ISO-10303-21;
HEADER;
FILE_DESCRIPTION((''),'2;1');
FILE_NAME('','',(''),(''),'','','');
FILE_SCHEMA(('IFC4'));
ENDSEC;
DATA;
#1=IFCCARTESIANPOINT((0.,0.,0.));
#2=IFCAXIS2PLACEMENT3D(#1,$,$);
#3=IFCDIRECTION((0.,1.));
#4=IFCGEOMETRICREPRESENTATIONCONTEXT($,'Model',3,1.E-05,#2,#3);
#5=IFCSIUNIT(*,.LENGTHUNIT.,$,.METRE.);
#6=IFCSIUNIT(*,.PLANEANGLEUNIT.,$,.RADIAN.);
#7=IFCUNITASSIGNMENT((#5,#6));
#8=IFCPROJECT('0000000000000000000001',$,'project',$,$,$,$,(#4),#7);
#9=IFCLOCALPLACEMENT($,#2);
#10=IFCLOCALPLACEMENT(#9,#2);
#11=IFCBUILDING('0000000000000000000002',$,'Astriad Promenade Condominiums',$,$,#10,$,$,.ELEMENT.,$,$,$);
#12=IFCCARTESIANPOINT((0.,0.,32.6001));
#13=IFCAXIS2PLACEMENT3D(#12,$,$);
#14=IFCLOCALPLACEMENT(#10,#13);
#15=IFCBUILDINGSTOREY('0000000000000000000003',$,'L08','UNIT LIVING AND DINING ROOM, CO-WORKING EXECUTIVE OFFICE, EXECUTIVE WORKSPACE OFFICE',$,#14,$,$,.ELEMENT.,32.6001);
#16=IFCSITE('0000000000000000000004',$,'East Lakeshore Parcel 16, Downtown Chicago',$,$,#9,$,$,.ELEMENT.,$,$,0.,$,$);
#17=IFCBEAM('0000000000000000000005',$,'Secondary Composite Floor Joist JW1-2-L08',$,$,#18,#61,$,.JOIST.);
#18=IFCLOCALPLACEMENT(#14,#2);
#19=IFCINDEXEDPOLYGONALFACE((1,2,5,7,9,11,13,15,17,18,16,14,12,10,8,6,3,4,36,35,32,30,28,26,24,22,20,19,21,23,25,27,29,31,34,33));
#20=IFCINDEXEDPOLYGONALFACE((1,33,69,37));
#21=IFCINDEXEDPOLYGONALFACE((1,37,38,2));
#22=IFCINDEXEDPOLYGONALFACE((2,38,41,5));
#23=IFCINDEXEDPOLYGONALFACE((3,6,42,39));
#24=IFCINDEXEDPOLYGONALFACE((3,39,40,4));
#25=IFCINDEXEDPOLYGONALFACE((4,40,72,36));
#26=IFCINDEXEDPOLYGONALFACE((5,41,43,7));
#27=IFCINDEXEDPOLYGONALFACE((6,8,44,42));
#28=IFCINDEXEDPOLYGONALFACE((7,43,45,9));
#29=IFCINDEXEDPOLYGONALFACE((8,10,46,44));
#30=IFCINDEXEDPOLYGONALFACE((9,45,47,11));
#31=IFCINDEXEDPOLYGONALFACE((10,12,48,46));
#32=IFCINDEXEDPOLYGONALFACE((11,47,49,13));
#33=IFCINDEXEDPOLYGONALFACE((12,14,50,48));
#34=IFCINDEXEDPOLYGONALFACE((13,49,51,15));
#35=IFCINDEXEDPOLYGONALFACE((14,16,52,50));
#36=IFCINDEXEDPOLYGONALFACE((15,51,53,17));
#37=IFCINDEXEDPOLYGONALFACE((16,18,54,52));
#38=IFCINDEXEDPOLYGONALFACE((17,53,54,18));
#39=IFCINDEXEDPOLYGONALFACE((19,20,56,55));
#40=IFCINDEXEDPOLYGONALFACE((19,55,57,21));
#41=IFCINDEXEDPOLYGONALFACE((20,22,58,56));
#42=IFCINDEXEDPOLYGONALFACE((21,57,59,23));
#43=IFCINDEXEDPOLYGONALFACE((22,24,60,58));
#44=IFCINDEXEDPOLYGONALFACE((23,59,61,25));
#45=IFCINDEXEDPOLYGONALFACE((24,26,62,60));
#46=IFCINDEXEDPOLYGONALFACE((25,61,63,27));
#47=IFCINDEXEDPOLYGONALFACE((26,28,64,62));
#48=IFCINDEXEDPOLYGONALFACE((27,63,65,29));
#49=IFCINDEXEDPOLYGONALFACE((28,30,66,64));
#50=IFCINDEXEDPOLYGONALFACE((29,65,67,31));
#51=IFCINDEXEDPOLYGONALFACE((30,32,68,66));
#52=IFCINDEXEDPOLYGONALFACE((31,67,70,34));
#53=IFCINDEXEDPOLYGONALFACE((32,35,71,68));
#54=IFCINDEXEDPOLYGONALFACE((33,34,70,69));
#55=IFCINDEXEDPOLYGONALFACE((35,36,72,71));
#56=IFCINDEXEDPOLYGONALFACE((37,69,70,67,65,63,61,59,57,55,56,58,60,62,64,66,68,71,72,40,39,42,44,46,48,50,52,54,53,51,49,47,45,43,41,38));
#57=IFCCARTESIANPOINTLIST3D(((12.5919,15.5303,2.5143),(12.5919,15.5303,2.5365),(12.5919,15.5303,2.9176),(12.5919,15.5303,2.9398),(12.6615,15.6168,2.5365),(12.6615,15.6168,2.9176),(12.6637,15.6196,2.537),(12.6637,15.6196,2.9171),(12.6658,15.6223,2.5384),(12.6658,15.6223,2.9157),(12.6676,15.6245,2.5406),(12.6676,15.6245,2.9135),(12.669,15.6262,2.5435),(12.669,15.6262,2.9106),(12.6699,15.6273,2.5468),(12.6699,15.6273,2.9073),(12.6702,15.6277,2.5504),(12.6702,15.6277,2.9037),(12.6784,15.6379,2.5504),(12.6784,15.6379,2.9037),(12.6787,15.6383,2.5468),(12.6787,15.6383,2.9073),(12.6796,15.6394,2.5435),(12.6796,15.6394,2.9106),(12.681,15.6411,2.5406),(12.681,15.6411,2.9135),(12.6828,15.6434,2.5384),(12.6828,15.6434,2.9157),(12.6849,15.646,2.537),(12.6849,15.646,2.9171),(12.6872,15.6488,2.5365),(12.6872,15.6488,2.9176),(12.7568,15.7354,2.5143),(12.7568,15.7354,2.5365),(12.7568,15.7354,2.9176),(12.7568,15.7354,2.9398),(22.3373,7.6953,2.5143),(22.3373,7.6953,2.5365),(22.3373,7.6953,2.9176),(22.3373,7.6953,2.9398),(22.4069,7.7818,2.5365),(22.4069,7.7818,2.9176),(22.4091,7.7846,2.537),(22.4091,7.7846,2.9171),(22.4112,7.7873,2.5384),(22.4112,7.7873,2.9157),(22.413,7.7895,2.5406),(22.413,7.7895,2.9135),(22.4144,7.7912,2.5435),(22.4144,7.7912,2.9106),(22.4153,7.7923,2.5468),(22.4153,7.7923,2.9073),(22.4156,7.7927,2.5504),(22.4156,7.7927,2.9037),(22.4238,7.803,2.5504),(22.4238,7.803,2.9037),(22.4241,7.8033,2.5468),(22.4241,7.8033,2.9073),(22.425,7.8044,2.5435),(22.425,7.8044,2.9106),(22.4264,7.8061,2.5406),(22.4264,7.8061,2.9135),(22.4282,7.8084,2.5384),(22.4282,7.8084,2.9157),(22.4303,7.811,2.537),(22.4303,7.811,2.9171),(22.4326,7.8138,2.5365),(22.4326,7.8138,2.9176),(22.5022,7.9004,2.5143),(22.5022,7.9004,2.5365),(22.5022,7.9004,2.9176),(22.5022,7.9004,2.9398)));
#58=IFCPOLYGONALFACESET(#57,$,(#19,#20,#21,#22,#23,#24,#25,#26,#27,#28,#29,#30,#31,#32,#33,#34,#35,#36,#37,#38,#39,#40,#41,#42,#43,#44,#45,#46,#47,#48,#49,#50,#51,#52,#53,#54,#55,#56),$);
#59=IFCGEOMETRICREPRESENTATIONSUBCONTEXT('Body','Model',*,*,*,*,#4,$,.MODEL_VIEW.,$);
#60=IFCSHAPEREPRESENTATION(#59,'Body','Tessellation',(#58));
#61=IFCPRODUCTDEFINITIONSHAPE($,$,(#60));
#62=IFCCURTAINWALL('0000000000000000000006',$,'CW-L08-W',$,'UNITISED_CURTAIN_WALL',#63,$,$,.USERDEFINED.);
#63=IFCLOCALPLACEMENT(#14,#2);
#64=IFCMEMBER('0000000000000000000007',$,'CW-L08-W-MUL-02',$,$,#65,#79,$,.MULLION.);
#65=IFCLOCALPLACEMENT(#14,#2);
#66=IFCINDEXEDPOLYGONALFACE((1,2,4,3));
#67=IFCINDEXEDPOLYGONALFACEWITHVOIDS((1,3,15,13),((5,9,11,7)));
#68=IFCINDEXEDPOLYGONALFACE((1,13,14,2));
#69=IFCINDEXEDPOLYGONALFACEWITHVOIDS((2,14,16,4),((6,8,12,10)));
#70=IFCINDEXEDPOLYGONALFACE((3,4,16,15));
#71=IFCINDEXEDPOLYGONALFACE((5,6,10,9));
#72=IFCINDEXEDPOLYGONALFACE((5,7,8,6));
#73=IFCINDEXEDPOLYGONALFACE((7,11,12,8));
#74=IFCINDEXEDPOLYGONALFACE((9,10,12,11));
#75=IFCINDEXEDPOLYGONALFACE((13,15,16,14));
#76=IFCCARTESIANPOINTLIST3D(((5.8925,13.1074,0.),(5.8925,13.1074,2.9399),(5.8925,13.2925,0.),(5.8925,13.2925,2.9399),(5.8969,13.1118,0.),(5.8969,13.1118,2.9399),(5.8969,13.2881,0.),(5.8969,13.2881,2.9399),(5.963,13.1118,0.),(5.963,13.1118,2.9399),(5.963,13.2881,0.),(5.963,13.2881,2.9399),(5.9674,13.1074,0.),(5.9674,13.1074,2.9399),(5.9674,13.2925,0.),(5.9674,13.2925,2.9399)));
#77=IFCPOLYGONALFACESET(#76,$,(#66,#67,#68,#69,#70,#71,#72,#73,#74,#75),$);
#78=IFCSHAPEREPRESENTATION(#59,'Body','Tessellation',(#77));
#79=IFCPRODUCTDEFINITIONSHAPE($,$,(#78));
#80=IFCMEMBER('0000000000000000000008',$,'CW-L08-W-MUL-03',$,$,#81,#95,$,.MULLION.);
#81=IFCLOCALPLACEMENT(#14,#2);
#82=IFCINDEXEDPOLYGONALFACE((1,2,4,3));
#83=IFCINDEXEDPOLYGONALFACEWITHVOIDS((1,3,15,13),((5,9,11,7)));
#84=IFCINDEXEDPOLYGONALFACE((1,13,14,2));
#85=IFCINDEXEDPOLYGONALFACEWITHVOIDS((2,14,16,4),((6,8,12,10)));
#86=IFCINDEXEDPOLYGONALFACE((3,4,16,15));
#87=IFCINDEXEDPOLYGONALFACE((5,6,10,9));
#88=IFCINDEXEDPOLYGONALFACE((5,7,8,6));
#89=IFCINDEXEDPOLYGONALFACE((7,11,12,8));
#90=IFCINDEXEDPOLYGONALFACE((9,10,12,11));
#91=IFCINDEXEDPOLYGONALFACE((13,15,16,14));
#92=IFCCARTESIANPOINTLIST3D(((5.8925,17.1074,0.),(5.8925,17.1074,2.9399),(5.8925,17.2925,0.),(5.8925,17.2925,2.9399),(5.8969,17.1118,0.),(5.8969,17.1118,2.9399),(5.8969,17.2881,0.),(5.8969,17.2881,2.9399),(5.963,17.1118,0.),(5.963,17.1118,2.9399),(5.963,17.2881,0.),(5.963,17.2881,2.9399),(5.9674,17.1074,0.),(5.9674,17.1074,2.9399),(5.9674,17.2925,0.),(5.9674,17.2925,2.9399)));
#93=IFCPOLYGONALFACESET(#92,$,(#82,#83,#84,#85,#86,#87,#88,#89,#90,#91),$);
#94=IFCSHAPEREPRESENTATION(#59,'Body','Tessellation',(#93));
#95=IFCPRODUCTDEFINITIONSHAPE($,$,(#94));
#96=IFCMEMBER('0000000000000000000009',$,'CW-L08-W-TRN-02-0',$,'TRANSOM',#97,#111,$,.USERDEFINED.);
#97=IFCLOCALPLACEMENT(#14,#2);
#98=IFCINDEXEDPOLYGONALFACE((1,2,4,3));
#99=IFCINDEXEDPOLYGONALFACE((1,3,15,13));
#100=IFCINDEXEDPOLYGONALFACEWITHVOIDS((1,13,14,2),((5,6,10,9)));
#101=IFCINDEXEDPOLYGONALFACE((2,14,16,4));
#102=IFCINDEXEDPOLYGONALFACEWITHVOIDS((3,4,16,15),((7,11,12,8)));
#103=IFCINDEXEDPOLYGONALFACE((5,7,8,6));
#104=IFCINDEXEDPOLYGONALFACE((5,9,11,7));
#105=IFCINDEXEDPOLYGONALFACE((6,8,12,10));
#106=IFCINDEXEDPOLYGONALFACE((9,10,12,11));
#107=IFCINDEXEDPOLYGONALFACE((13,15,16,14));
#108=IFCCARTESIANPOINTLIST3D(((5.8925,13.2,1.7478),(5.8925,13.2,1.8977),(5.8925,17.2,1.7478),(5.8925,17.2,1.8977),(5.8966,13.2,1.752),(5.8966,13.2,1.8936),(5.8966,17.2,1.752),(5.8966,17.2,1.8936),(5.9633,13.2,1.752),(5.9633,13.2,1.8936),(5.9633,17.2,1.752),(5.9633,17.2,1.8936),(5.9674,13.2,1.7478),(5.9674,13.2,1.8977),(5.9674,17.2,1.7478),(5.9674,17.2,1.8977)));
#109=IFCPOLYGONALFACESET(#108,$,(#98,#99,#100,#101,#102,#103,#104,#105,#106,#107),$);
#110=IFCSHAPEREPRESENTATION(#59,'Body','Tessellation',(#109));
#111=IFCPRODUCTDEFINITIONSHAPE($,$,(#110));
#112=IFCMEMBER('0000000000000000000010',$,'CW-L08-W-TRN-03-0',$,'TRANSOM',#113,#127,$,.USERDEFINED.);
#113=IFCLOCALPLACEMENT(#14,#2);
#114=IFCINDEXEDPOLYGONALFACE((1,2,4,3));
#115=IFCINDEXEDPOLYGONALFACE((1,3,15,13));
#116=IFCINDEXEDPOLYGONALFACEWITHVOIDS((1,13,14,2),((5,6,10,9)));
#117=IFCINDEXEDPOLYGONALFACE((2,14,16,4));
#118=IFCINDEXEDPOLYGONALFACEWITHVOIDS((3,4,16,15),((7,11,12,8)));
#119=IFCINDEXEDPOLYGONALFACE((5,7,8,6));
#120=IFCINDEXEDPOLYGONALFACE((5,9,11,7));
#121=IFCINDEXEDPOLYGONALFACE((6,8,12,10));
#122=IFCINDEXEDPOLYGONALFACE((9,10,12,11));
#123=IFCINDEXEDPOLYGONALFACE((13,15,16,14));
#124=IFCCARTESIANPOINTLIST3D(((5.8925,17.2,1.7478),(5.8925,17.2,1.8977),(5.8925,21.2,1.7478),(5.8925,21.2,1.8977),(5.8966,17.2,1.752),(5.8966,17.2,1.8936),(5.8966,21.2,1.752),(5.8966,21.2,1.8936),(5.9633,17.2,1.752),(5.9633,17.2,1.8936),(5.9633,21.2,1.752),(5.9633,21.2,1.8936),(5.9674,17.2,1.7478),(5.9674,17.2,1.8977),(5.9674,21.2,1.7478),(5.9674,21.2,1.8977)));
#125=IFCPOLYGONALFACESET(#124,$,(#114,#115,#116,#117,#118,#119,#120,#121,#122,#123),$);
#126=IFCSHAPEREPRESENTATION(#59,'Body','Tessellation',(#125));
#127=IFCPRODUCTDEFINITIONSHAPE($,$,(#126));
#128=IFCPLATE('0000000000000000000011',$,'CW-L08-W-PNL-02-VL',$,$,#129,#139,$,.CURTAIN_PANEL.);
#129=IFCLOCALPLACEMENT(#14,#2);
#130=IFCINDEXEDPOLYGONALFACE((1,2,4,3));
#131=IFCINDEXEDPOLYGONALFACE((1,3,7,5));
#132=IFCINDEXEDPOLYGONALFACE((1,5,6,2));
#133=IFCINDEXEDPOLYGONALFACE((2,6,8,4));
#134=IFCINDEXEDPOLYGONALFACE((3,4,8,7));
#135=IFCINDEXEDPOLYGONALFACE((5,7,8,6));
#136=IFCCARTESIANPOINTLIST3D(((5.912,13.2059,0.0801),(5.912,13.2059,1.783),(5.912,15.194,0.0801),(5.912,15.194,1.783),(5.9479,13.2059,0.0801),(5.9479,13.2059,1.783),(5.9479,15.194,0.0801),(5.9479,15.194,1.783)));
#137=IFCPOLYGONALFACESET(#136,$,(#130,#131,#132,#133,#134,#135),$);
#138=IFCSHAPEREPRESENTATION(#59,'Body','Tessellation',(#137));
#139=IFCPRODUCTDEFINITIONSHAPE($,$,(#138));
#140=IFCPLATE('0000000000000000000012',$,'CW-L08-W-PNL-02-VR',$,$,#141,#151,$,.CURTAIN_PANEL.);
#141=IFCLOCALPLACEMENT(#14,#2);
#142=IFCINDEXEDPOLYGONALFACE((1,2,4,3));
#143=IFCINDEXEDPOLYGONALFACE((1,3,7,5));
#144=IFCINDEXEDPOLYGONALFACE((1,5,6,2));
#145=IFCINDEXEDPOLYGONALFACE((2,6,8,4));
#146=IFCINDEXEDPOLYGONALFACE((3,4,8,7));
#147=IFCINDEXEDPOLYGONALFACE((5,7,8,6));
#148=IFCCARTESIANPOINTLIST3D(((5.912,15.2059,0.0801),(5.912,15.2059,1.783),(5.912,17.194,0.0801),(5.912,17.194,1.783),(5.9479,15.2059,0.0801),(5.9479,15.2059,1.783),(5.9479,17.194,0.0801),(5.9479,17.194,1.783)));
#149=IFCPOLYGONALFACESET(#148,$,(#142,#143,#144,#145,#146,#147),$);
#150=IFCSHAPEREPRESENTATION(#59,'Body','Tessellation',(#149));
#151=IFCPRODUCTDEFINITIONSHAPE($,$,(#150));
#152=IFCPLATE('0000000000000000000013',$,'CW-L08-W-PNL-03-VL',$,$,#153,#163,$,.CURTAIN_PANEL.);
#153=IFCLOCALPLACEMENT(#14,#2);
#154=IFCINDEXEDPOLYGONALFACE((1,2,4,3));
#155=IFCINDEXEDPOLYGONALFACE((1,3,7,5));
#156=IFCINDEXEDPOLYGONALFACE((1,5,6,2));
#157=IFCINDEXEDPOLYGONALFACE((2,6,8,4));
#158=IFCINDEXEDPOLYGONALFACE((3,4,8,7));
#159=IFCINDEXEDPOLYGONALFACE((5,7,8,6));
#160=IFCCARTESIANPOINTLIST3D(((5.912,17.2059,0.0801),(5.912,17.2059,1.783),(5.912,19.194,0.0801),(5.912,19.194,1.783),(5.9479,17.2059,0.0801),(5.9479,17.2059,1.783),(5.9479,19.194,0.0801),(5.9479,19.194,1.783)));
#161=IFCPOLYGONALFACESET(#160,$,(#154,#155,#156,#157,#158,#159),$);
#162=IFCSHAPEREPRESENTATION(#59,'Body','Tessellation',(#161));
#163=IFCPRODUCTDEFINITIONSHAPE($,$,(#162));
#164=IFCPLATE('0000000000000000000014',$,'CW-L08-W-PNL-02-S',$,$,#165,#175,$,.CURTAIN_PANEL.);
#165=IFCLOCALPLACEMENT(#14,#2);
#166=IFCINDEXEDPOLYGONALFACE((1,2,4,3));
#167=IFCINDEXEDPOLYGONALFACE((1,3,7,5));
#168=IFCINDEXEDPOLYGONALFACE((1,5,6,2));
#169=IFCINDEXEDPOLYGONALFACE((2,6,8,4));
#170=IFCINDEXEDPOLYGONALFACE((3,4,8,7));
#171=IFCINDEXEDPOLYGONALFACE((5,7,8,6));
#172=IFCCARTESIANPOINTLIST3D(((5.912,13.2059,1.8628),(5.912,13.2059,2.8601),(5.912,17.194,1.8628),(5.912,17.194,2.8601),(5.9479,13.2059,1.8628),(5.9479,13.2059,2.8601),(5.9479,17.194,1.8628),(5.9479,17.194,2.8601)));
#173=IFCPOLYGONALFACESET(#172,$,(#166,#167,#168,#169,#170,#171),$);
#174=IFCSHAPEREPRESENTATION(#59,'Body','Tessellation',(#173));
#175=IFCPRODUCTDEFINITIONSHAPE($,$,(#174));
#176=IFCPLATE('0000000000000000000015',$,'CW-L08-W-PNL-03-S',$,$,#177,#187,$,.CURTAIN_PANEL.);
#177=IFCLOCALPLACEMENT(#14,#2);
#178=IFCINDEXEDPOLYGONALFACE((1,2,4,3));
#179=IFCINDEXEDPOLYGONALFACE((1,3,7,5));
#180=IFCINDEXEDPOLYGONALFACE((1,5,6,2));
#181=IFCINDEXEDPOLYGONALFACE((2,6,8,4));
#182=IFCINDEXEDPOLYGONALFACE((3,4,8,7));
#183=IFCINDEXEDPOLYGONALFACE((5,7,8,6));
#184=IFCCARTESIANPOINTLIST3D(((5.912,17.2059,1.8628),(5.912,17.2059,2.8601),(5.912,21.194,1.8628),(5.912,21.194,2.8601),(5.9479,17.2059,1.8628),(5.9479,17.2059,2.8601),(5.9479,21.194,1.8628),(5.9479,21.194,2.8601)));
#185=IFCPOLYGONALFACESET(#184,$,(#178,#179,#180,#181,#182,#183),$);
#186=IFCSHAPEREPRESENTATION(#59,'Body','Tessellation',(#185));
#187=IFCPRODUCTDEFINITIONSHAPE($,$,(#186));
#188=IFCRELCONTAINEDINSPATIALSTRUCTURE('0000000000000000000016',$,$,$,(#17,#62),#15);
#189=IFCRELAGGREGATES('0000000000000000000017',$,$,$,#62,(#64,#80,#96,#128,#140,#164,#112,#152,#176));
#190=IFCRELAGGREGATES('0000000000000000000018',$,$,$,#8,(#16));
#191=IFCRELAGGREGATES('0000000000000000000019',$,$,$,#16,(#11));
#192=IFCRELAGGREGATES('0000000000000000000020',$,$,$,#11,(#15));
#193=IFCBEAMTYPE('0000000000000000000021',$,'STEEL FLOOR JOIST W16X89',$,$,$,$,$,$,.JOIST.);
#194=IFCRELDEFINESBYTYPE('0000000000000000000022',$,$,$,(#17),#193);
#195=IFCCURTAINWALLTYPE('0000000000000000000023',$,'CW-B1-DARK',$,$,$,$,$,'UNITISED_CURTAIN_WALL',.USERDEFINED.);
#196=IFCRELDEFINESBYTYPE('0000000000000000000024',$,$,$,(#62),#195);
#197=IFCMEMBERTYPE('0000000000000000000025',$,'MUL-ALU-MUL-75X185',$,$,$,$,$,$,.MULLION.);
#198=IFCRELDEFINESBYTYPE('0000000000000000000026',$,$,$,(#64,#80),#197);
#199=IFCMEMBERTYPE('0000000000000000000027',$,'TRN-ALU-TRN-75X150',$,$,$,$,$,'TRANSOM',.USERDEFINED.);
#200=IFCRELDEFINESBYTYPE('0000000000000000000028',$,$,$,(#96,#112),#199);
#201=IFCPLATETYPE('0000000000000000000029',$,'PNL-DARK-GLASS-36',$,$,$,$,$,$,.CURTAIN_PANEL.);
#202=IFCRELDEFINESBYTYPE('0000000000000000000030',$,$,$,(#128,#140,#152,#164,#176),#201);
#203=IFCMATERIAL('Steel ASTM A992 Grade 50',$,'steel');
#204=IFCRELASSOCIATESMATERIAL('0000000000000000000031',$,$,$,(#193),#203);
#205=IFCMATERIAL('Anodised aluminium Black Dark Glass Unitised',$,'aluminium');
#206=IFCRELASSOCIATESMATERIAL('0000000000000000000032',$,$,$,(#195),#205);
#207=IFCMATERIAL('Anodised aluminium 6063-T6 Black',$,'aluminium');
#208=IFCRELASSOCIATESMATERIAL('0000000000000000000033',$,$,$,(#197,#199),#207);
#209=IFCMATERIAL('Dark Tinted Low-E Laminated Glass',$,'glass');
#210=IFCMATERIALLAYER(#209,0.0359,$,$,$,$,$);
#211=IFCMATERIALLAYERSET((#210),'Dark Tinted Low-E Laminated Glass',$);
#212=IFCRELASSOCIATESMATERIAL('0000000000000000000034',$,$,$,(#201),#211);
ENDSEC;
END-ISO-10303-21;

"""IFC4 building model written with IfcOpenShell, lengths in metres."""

from ifc_helpers import new_model, si_unit, direction, frame, origin, origin_2d, place, context, subcontext, project, spatial, rectangle, hollow_rectangle, i_section, extrude, source, transform, mapped, material, layer, layer_set, material_profile, profile_set, type_object, type_shapes, element, aggregate, save


model = new_model("IFC4")

# Units and contexts
model_context = context("Model", 3, precision=1e-05, world=origin(), true_north=direction((0.0, 1.0)))
body_context = subcontext(model_context, "Body", "Model", "MODEL_VIEW")
ifc_project = project(units=[si_unit("LENGTHUNIT", "METRE"), si_unit("PLANEANGLEUNIT", "RADIAN")], contexts=[model_context])

# Site, building, storey
site_placement = place(None, origin())
site = spatial("IfcSite", under=ifc_project, at=site_placement, Name="East Lakeshore Parcel 16, Downtown Chicago", CompositionType="ELEMENT", RefElevation=0.0)
building_placement = place(site_placement, origin())
building = spatial("IfcBuilding", under=site, at=building_placement, Name="Astriad Promenade Condominiums", CompositionType="ELEMENT")
storey_placement = place(building_placement, frame((0.0, 0.0, 32.6001)))
storey = spatial("IfcBuildingStorey", under=building, at=storey_placement, Name="L08", Description="UNIT LIVING AND DINING ROOM, CO-WORKING EXECUTIVE OFFICE, EXECUTIVE WORKSPACE OFFICE", CompositionType="ELEMENT", Elevation=32.6001)

# Beam
ifc_material_1 = material(Name="Steel ASTM A992 Grade 50", Category="steel")
ifc_material_profile_1 = material_profile(ifc_material_1, i_section(OverallWidth=0.2632, OverallDepth=0.4255, WebThickness=0.0132, FlangeThickness=0.0222, FilletRadius=0.0139, at=origin_2d()), Name="W16X89")
ifc_profile_set_1 = profile_set([ifc_material_profile_1], Name="Steel ASTM A992 Grade 50")
beam_type_1 = type_object("IfcBeamType", Name="STEEL FLOOR JOIST W16X89", PredefinedType="JOIST", material=ifc_profile_set_1)
shared_shape_1 = source(origin(), body_context, "Body", "SweptSolid", [
    extrude(i_section(OverallWidth=0.2632, OverallDepth=0.4255, WebThickness=0.0132, FlangeThickness=0.0222, FilletRadius=0.0139, at=origin_2d()), origin(), (0.0, 0.0, 1.0), 12.5044),
])
beam_1_placement = place(storey_placement, frame((12.6743, 15.6328, 2.7271), z_axis=(0.779358, -0.626579, 0.0), x_axis=(0.626579, 0.779358, 0.0)))
element("IfcBeam", 1, at=beam_1_placement, inside=storey, type_object=beam_type_1, Name="Secondary Composite Floor Joist JW1-2-L08", PredefinedType="JOIST", context=body_context, shape_type="MappedRepresentation", body=[
    mapped(shared_shape_1, transform((0.0, 0.0, 0.0), scale=1.0)),
])

# Curtain wall, members, plates
ifc_material_2 = material(Name="Anodised aluminium Black Dark Glass Unitised", Category="aluminium")
curtain_wall_type = type_object("IfcCurtainWallType", Name="CW-B1-DARK", ElementType="UNITISED_CURTAIN_WALL", PredefinedType="USERDEFINED", material=ifc_material_2)
curtain_wall_placement = place(storey_placement, origin())
curtain_wall = element("IfcCurtainWall", 2, at=curtain_wall_placement, inside=storey, type_object=curtain_wall_type, Name="CW-L08-W", ObjectType="UNITISED_CURTAIN_WALL", PredefinedType="USERDEFINED")
ifc_material_3 = material(Name="Anodised aluminium 6063-T6 Black", Category="aluminium")
ifc_material_profile_2 = material_profile(ifc_material_3, hollow_rectangle(XDim=0.075, YDim=0.1851, WallThickness=0.0044, at=origin_2d()), Name="ALU-MUL-75X185")
ifc_profile_set_2 = profile_set([ifc_material_profile_2], Name="Anodised aluminium 6063-T6 Black")
member_type_1 = type_object("IfcMemberType", Name="MUL-ALU-MUL-75X185", PredefinedType="MULLION", material=ifc_profile_set_2)
shared_shape_2 = source(origin(), body_context, "Body", "SweptSolid", [
    extrude(hollow_rectangle(XDim=0.075, YDim=0.1851, WallThickness=0.0044, at=origin_2d()), origin(), (0.0, 0.0, 1.0), 2.9399),
])
type_shapes(member_type_1, [shared_shape_2])
member_1_placement = place(storey_placement, frame((5.9299, 13.2, 0.0), z_axis=(0.0, 0.0, 1.0), x_axis=(1.0, 0.0, 0.0)))
member_1 = element("IfcMember", 3, at=member_1_placement, type_object=member_type_1, Name="CW-L08-W-MUL-02", PredefinedType="MULLION", context=body_context, shape_type="MappedRepresentation", body=[
    mapped(shared_shape_2, transform((0.0, 0.0, 0.0), scale=1.0)),
])
member_2_placement = place(storey_placement, frame((5.9299, 17.2, 0.0), z_axis=(0.0, 0.0, 1.0), x_axis=(1.0, 0.0, 0.0)))
member_2 = element("IfcMember", 4, at=member_2_placement, type_object=member_type_1, Name="CW-L08-W-MUL-03", PredefinedType="MULLION", context=body_context, shape_type="MappedRepresentation", body=[
    mapped(shared_shape_2, transform((0.0, 0.0, 0.0), scale=1.0)),
])
ifc_material_profile_3 = material_profile(ifc_material_3, hollow_rectangle(XDim=0.075, YDim=0.1499, WallThickness=0.0042, at=origin_2d()), Name="ALU-TRN-75X150")
ifc_profile_set_3 = profile_set([ifc_material_profile_3], Name="Anodised aluminium 6063-T6 Black")
member_type_2 = type_object("IfcMemberType", Name="TRN-ALU-TRN-75X150", ElementType="TRANSOM", PredefinedType="USERDEFINED", material=ifc_profile_set_3)
shared_shape_3 = source(origin(), body_context, "Body", "SweptSolid", [
    extrude(hollow_rectangle(XDim=0.075, YDim=0.1499, WallThickness=0.0042, at=origin_2d()), origin(), (0.0, 0.0, 1.0), 4.0),
])
type_shapes(member_type_2, [shared_shape_3])
member_3_placement = place(storey_placement, frame((5.9299, 13.2, 1.8228), z_axis=(0.0, 1.0, 0.0), x_axis=(-1.0, 0.0, 0.0)))
member_3 = element("IfcMember", 5, at=member_3_placement, type_object=member_type_2, Name="CW-L08-W-TRN-02-0", ObjectType="TRANSOM", PredefinedType="USERDEFINED", context=body_context, shape_type="MappedRepresentation", body=[
    mapped(shared_shape_3, transform((0.0, 0.0, 0.0), scale=1.0)),
])
member_4_placement = place(storey_placement, frame((5.9299, 17.2, 1.8228), z_axis=(0.0, 1.0, 0.0), x_axis=(-1.0, 0.0, 0.0)))
member_4 = element("IfcMember", 6, at=member_4_placement, type_object=member_type_2, Name="CW-L08-W-TRN-03-0", ObjectType="TRANSOM", PredefinedType="USERDEFINED", context=body_context, shape_type="MappedRepresentation", body=[
    mapped(shared_shape_3, transform((0.0, 0.0, 0.0), scale=1.0)),
])
ifc_material_4 = material(Name="Dark Tinted Low-E Laminated Glass", Category="glass")
ifc_layer_1 = layer(ifc_material_4, 0.0359)
ifc_layer_set_1 = layer_set([ifc_layer_1], Name="Dark Tinted Low-E Laminated Glass")
plate_type = type_object("IfcPlateType", Name="PNL-DARK-GLASS-36", PredefinedType="CURTAIN_PANEL", material=ifc_layer_set_1)
shared_shape_4 = source(origin(), body_context, "Body", "SweptSolid", [
    extrude(rectangle(XDim=1.988, YDim=0.0359, at=origin_2d()), origin(), (0.0, 0.0, 1.0), 1.7029),
])
plate_1_placement = place(storey_placement, frame((5.9299, 14.2, 0.0801), z_axis=(0.0, 0.0, 1.0), x_axis=(0.0, 1.0, 0.0)))
plate_1 = element("IfcPlate", 7, at=plate_1_placement, type_object=plate_type, Name="CW-L08-W-PNL-02-VL", PredefinedType="CURTAIN_PANEL", context=body_context, shape_type="MappedRepresentation", body=[
    mapped(shared_shape_4, transform((0.0, 0.0, 0.0), scale=1.0)),
])
plate_2_placement = place(storey_placement, frame((5.9299, 16.2, 0.0801), z_axis=(0.0, 0.0, 1.0), x_axis=(0.0, 1.0, 0.0)))
plate_2 = element("IfcPlate", 8, at=plate_2_placement, type_object=plate_type, Name="CW-L08-W-PNL-02-VR", PredefinedType="CURTAIN_PANEL", context=body_context, shape_type="MappedRepresentation", body=[
    mapped(shared_shape_4, transform((0.0, 0.0, 0.0), scale=1.0)),
])
plate_3_placement = place(storey_placement, frame((5.9299, 18.2, 0.0801), z_axis=(0.0, 0.0, 1.0), x_axis=(0.0, 1.0, 0.0)))
plate_3 = element("IfcPlate", 9, at=plate_3_placement, type_object=plate_type, Name="CW-L08-W-PNL-03-VL", PredefinedType="CURTAIN_PANEL", context=body_context, shape_type="MappedRepresentation", body=[
    mapped(shared_shape_4, transform((0.0, 0.0, 0.0), scale=1.0)),
])
shared_shape_5 = source(origin(), body_context, "Body", "SweptSolid", [
    extrude(rectangle(XDim=3.988, YDim=0.0359, at=origin_2d()), origin(), (0.0, 0.0, 1.0), 0.9973),
])
type_shapes(plate_type, [shared_shape_4, shared_shape_5])
plate_4_placement = place(storey_placement, frame((5.9299, 15.2, 1.8628), z_axis=(0.0, 0.0, 1.0), x_axis=(0.0, 1.0, 0.0)))
plate_4 = element("IfcPlate", 10, at=plate_4_placement, type_object=plate_type, Name="CW-L08-W-PNL-02-S", PredefinedType="CURTAIN_PANEL", context=body_context, shape_type="MappedRepresentation", body=[
    mapped(shared_shape_5, transform((0.0, 0.0, 0.0), scale=1.0)),
])
plate_5_placement = place(storey_placement, frame((5.9299, 19.2, 1.8628), z_axis=(0.0, 0.0, 1.0), x_axis=(0.0, 1.0, 0.0)))
plate_5 = element("IfcPlate", 11, at=plate_5_placement, type_object=plate_type, Name="CW-L08-W-PNL-03-S", PredefinedType="CURTAIN_PANEL", context=body_context, shape_type="MappedRepresentation", body=[
    mapped(shared_shape_5, transform((0.0, 0.0, 0.0), scale=1.0)),
])
aggregate(curtain_wall, [member_1, member_2, member_3, plate_1, plate_2, plate_4, member_4, plate_3, plate_5])

save(model, "model.ifc")
